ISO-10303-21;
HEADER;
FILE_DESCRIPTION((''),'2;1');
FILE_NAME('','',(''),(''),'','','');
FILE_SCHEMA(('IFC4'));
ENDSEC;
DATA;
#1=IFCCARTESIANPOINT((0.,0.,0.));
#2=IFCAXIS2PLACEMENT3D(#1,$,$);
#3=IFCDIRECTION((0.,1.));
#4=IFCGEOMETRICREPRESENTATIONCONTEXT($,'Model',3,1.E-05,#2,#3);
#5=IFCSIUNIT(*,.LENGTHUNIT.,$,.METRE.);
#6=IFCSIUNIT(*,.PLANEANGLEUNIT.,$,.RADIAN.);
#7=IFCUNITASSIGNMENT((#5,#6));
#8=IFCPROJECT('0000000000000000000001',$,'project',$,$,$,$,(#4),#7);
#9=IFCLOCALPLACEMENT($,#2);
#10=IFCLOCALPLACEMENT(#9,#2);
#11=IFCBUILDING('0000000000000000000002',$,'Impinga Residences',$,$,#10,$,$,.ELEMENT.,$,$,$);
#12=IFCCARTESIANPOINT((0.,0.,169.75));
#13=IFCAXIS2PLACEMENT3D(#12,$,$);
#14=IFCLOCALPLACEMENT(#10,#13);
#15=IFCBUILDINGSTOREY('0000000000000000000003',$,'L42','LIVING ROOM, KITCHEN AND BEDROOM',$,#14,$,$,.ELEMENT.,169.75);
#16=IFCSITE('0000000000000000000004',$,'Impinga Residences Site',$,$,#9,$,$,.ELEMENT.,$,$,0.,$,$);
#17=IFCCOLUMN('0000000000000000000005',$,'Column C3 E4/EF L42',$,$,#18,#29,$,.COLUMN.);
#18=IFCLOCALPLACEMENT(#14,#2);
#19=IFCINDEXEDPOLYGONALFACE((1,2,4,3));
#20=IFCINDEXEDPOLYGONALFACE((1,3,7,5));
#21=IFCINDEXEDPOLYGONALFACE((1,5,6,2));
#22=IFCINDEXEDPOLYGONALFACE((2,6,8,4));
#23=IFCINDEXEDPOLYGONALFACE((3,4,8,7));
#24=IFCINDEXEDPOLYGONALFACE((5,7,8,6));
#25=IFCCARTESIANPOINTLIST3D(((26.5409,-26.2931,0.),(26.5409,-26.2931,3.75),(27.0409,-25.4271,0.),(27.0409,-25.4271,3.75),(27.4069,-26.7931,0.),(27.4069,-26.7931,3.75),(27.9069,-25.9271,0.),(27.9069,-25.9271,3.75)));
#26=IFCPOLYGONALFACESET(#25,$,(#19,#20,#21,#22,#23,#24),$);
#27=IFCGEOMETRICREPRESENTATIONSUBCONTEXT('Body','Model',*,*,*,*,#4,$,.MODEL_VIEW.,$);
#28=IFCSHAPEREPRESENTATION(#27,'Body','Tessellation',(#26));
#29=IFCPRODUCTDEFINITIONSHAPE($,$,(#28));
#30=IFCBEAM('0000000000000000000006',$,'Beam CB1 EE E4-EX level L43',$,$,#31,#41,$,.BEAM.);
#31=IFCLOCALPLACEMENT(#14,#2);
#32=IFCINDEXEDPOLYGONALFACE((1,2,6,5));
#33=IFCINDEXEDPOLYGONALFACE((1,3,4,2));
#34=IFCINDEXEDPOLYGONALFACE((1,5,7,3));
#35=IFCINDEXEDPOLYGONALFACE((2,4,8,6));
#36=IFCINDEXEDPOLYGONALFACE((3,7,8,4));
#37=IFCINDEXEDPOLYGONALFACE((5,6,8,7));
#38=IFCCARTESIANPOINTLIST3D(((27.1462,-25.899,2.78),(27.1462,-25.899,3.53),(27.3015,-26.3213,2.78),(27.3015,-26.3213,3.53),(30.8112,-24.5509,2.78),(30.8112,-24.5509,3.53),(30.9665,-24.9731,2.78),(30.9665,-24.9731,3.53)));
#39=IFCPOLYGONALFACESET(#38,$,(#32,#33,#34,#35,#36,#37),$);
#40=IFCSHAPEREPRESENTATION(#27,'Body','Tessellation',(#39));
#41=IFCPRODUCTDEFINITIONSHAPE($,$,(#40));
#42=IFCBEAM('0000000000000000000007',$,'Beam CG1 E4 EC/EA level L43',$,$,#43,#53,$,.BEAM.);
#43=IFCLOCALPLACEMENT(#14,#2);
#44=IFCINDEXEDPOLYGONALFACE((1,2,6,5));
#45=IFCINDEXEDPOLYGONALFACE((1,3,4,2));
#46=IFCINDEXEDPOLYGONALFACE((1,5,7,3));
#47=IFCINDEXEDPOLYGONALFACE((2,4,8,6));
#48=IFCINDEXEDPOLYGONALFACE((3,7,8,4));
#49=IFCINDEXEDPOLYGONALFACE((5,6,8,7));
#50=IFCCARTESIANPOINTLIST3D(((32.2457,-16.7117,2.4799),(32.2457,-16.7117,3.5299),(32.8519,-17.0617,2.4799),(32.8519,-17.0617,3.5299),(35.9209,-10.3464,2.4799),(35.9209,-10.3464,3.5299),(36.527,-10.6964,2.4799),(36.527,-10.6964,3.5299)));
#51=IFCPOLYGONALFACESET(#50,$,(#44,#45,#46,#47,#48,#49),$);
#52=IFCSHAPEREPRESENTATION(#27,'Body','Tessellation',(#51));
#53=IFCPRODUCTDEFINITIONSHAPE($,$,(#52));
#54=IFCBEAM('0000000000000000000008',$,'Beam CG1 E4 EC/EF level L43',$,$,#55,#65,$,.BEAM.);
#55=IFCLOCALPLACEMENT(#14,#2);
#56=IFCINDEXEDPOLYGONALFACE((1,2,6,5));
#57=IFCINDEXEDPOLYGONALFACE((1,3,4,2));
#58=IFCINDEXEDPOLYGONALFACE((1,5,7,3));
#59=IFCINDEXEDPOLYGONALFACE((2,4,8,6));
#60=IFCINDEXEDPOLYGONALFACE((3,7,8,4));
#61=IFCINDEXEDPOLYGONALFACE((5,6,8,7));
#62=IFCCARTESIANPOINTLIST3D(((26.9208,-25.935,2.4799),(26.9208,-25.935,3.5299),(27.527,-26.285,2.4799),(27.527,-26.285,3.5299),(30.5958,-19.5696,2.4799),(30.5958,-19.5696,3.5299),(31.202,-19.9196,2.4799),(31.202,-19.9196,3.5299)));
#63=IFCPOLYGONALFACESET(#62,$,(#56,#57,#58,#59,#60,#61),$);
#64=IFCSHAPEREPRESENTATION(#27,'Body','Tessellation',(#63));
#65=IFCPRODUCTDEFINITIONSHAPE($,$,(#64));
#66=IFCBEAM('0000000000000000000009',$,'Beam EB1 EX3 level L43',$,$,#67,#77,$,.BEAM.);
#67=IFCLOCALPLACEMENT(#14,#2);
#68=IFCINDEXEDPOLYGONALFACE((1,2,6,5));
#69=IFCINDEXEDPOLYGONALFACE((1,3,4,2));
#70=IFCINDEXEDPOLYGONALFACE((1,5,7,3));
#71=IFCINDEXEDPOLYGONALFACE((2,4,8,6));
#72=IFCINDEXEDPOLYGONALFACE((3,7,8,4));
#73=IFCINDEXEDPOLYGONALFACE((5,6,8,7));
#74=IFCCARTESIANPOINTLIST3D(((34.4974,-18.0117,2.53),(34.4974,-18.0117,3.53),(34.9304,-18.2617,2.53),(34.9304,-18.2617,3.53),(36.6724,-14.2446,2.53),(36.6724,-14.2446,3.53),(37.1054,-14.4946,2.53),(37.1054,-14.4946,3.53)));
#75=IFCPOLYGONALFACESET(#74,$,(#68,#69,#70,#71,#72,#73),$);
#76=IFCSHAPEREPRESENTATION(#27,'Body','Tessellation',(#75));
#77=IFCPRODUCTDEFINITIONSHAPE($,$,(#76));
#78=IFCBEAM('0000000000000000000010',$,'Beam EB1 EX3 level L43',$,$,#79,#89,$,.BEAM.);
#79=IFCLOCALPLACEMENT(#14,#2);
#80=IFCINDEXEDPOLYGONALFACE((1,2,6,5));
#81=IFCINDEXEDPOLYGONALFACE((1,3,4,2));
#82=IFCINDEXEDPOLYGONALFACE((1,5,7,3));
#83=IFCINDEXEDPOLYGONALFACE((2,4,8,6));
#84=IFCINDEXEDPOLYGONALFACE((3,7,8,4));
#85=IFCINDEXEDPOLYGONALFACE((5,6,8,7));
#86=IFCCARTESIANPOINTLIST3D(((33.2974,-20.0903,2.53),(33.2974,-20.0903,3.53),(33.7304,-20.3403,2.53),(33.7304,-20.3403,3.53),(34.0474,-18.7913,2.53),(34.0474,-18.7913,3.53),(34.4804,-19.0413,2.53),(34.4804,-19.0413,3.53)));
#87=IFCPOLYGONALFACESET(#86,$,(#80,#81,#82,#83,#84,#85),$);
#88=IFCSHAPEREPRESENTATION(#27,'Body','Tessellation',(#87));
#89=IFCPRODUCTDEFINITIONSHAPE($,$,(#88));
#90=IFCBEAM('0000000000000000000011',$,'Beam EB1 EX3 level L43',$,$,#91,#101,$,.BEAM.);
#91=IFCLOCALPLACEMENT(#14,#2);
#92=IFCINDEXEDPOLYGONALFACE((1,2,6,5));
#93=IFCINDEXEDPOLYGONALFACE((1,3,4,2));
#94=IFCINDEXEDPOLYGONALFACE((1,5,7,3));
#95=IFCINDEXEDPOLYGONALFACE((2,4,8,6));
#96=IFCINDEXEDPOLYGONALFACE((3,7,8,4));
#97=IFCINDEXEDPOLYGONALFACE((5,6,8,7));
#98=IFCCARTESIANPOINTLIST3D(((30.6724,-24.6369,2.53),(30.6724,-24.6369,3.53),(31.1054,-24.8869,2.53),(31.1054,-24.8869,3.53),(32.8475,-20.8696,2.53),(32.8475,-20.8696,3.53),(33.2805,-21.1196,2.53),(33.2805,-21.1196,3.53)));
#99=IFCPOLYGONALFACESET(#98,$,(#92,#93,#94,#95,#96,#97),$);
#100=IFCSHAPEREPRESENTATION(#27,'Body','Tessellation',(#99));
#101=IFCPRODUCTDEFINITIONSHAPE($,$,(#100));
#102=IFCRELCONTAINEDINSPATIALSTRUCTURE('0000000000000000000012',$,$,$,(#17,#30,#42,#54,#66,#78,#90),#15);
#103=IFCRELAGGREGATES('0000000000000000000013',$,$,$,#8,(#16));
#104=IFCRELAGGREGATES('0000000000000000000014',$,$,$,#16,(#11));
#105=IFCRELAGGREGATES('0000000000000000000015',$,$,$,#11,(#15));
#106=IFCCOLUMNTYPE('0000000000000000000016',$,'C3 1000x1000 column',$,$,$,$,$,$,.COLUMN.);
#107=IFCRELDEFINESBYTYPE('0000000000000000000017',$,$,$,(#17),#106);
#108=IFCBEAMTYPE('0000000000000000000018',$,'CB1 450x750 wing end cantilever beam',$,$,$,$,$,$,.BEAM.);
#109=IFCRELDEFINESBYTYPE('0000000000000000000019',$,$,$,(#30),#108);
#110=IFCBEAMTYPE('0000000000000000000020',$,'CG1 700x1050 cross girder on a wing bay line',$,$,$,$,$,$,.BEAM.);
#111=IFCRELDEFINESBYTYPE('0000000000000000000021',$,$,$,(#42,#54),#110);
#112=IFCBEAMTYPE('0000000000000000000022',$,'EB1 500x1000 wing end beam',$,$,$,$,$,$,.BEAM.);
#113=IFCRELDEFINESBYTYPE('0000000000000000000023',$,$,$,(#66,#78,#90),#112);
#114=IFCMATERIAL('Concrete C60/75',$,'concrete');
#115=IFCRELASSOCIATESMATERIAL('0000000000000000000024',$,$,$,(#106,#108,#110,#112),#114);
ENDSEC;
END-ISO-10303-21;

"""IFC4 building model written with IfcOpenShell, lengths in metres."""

from ifc_helpers import new_model, si_unit, direction, frame, origin, origin_2d, place, context, subcontext, project, spatial, rectangle, extrude, material, material_profile, profile_set, type_object, element, save


model = new_model("IFC4")

# Units and contexts
model_context = context("Model", 3, precision=1e-05, world=origin(), true_north=direction((0.0, 1.0)))
body_context = subcontext(model_context, "Body", "Model", "MODEL_VIEW")
ifc_project = project(units=[si_unit("LENGTHUNIT", "METRE"), si_unit("PLANEANGLEUNIT", "RADIAN")], contexts=[model_context])

# Site, building, storey
site_placement = place(None, origin())
site = spatial("IfcSite", under=ifc_project, at=site_placement, Name="Impinga Residences Site", CompositionType="ELEMENT", RefElevation=0.0)
building_placement = place(site_placement, origin())
building = spatial("IfcBuilding", under=site, at=building_placement, Name="Impinga Residences", CompositionType="ELEMENT")
storey_placement = place(building_placement, frame((0.0, 0.0, 169.75)))
storey = spatial("IfcBuildingStorey", under=building, at=storey_placement, Name="L42", Description="LIVING ROOM, KITCHEN AND BEDROOM", CompositionType="ELEMENT", Elevation=169.75)

# Column
ifc_material_1 = material(Name="Concrete C60/75", Category="concrete")
ifc_material_profile_1 = material_profile(ifc_material_1, rectangle(XDim=1.0, YDim=1.0, at=origin_2d()), Name="RC 1000x1000")
ifc_profile_set_1 = profile_set([ifc_material_profile_1], Name="Concrete C60/75")
column_type = type_object("IfcColumnType", Name="C3 1000x1000 column", PredefinedType="COLUMN", material=ifc_profile_set_1)
column_placement = place(storey_placement, frame((27.2239, -26.1101, 0.0), z_axis=(0.0, 0.0, 1.0), x_axis=(-0.5, -0.866025, 0.0)))
element("IfcColumn", 1, at=column_placement, inside=storey, type_object=column_type, Name="Column C3 E4/EF L42", PredefinedType="COLUMN", context=body_context, shape_type="SweptSolid", body=[
    extrude(rectangle(XDim=1.0, YDim=1.0, at=origin_2d()), origin(), (0.0, 0.0, 1.0), 3.75),
])

# Beams
ifc_material_profile_2 = material_profile(ifc_material_1, rectangle(XDim=0.45, YDim=0.75, at=origin_2d()), Name="RC 450x750")
ifc_profile_set_2 = profile_set([ifc_material_profile_2], Name="Concrete C60/75")
beam_type_1 = type_object("IfcBeamType", Name="CB1 450x750 wing end cantilever beam", PredefinedType="BEAM", material=ifc_profile_set_2)
beam_1_placement = place(storey_placement, frame((27.2239, -26.1101, 3.155), z_axis=(0.93852, 0.345224, 0.0), x_axis=(-0.345224, 0.93852, 0.0)))
element("IfcBeam", 2, at=beam_1_placement, inside=storey, type_object=beam_type_1, Name="Beam CB1 EE E4-EX level L43", PredefinedType="BEAM", context=body_context, shape_type="SweptSolid", body=[
    extrude(rectangle(XDim=0.45, YDim=0.75, at=origin_2d()), origin(), (0.0, 0.0, 1.0), 3.905),
])
ifc_material_profile_3 = material_profile(ifc_material_1, rectangle(XDim=0.7, YDim=1.05, at=origin_2d()), Name="RC 700x1050")
ifc_profile_set_3 = profile_set([ifc_material_profile_3], Name="Concrete C60/75")
beam_type_2 = type_object("IfcBeamType", Name="CG1 700x1050 cross girder on a wing bay line", PredefinedType="BEAM", material=ifc_profile_set_3)
for number, where, z_axis, x_axis, name in (
    (3, (32.5488, -16.8867, 3.0049), (0.500008, 0.866021, 0.0), (-0.866021, 0.500008, 0.0), "Beam CG1 E4 EC/EA level L43"),
    (4, (30.8989, -19.7446, 3.0049), (-0.499994, -0.866029, 0.0), (0.866029, -0.499994, 0.0), "Beam CG1 E4 EC/EF level L43"),
):
    element("IfcBeam", number, at=place(storey_placement, frame(where, z_axis=z_axis, x_axis=x_axis)), inside=storey, type_object=beam_type_2, Name=name, PredefinedType="BEAM", context=body_context, shape_type="SweptSolid", body=[
        extrude(rectangle(XDim=0.7, YDim=1.05, at=origin_2d()), origin(), (0.0, 0.0, 1.0), 7.3501),
    ])
ifc_material_profile_4 = material_profile(ifc_material_1, rectangle(XDim=0.5, YDim=1.0, at=origin_2d()), Name="RC 500x1000")
ifc_profile_set_4 = profile_set([ifc_material_profile_4], Name="Concrete C60/75")
beam_type_3 = type_object("IfcBeamType", Name="EB1 500x1000 wing end beam", PredefinedType="BEAM", material=ifc_profile_set_4)
beam_2_placement = place(storey_placement, frame((36.8889, -14.3696, 3.03), z_axis=(-0.50002, -0.866014, 0.0), x_axis=(0.866014, -0.50002, 0.0)))
element("IfcBeam", 5, at=beam_2_placement, inside=storey, type_object=beam_type_3, Name="Beam EB1 EX3 level L43", PredefinedType="BEAM", context=body_context, shape_type="SweptSolid", body=[
    extrude(rectangle(XDim=0.5, YDim=1.0, at=origin_2d()), origin(), (0.0, 0.0, 1.0), 4.3499),
])
beam_3_placement = place(storey_placement, frame((34.2639, -18.9163, 3.03), z_axis=(-0.49999, -0.866031, 0.0), x_axis=(0.866031, -0.49999, 0.0)))
element("IfcBeam", 6, at=beam_3_placement, inside=storey, type_object=beam_type_3, Name="Beam EB1 EX3 level L43", PredefinedType="BEAM", context=body_context, shape_type="SweptSolid", body=[
    extrude(rectangle(XDim=0.5, YDim=1.0, at=origin_2d()), origin(), (0.0, 0.0, 1.0), 1.5),
])
beam_4_placement = place(storey_placement, frame((33.064, -20.9946, 3.03), z_axis=(-0.499996, -0.866028, 0.0), x_axis=(0.866028, -0.499996, 0.0)))
element("IfcBeam", 7, at=beam_4_placement, inside=storey, type_object=beam_type_3, Name="Beam EB1 EX3 level L43", PredefinedType="BEAM", context=body_context, shape_type="SweptSolid", body=[
    extrude(rectangle(XDim=0.5, YDim=1.0, at=origin_2d()), origin(), (0.0, 0.0, 1.0), 4.3501),
])

save(model, "model.ifc")
